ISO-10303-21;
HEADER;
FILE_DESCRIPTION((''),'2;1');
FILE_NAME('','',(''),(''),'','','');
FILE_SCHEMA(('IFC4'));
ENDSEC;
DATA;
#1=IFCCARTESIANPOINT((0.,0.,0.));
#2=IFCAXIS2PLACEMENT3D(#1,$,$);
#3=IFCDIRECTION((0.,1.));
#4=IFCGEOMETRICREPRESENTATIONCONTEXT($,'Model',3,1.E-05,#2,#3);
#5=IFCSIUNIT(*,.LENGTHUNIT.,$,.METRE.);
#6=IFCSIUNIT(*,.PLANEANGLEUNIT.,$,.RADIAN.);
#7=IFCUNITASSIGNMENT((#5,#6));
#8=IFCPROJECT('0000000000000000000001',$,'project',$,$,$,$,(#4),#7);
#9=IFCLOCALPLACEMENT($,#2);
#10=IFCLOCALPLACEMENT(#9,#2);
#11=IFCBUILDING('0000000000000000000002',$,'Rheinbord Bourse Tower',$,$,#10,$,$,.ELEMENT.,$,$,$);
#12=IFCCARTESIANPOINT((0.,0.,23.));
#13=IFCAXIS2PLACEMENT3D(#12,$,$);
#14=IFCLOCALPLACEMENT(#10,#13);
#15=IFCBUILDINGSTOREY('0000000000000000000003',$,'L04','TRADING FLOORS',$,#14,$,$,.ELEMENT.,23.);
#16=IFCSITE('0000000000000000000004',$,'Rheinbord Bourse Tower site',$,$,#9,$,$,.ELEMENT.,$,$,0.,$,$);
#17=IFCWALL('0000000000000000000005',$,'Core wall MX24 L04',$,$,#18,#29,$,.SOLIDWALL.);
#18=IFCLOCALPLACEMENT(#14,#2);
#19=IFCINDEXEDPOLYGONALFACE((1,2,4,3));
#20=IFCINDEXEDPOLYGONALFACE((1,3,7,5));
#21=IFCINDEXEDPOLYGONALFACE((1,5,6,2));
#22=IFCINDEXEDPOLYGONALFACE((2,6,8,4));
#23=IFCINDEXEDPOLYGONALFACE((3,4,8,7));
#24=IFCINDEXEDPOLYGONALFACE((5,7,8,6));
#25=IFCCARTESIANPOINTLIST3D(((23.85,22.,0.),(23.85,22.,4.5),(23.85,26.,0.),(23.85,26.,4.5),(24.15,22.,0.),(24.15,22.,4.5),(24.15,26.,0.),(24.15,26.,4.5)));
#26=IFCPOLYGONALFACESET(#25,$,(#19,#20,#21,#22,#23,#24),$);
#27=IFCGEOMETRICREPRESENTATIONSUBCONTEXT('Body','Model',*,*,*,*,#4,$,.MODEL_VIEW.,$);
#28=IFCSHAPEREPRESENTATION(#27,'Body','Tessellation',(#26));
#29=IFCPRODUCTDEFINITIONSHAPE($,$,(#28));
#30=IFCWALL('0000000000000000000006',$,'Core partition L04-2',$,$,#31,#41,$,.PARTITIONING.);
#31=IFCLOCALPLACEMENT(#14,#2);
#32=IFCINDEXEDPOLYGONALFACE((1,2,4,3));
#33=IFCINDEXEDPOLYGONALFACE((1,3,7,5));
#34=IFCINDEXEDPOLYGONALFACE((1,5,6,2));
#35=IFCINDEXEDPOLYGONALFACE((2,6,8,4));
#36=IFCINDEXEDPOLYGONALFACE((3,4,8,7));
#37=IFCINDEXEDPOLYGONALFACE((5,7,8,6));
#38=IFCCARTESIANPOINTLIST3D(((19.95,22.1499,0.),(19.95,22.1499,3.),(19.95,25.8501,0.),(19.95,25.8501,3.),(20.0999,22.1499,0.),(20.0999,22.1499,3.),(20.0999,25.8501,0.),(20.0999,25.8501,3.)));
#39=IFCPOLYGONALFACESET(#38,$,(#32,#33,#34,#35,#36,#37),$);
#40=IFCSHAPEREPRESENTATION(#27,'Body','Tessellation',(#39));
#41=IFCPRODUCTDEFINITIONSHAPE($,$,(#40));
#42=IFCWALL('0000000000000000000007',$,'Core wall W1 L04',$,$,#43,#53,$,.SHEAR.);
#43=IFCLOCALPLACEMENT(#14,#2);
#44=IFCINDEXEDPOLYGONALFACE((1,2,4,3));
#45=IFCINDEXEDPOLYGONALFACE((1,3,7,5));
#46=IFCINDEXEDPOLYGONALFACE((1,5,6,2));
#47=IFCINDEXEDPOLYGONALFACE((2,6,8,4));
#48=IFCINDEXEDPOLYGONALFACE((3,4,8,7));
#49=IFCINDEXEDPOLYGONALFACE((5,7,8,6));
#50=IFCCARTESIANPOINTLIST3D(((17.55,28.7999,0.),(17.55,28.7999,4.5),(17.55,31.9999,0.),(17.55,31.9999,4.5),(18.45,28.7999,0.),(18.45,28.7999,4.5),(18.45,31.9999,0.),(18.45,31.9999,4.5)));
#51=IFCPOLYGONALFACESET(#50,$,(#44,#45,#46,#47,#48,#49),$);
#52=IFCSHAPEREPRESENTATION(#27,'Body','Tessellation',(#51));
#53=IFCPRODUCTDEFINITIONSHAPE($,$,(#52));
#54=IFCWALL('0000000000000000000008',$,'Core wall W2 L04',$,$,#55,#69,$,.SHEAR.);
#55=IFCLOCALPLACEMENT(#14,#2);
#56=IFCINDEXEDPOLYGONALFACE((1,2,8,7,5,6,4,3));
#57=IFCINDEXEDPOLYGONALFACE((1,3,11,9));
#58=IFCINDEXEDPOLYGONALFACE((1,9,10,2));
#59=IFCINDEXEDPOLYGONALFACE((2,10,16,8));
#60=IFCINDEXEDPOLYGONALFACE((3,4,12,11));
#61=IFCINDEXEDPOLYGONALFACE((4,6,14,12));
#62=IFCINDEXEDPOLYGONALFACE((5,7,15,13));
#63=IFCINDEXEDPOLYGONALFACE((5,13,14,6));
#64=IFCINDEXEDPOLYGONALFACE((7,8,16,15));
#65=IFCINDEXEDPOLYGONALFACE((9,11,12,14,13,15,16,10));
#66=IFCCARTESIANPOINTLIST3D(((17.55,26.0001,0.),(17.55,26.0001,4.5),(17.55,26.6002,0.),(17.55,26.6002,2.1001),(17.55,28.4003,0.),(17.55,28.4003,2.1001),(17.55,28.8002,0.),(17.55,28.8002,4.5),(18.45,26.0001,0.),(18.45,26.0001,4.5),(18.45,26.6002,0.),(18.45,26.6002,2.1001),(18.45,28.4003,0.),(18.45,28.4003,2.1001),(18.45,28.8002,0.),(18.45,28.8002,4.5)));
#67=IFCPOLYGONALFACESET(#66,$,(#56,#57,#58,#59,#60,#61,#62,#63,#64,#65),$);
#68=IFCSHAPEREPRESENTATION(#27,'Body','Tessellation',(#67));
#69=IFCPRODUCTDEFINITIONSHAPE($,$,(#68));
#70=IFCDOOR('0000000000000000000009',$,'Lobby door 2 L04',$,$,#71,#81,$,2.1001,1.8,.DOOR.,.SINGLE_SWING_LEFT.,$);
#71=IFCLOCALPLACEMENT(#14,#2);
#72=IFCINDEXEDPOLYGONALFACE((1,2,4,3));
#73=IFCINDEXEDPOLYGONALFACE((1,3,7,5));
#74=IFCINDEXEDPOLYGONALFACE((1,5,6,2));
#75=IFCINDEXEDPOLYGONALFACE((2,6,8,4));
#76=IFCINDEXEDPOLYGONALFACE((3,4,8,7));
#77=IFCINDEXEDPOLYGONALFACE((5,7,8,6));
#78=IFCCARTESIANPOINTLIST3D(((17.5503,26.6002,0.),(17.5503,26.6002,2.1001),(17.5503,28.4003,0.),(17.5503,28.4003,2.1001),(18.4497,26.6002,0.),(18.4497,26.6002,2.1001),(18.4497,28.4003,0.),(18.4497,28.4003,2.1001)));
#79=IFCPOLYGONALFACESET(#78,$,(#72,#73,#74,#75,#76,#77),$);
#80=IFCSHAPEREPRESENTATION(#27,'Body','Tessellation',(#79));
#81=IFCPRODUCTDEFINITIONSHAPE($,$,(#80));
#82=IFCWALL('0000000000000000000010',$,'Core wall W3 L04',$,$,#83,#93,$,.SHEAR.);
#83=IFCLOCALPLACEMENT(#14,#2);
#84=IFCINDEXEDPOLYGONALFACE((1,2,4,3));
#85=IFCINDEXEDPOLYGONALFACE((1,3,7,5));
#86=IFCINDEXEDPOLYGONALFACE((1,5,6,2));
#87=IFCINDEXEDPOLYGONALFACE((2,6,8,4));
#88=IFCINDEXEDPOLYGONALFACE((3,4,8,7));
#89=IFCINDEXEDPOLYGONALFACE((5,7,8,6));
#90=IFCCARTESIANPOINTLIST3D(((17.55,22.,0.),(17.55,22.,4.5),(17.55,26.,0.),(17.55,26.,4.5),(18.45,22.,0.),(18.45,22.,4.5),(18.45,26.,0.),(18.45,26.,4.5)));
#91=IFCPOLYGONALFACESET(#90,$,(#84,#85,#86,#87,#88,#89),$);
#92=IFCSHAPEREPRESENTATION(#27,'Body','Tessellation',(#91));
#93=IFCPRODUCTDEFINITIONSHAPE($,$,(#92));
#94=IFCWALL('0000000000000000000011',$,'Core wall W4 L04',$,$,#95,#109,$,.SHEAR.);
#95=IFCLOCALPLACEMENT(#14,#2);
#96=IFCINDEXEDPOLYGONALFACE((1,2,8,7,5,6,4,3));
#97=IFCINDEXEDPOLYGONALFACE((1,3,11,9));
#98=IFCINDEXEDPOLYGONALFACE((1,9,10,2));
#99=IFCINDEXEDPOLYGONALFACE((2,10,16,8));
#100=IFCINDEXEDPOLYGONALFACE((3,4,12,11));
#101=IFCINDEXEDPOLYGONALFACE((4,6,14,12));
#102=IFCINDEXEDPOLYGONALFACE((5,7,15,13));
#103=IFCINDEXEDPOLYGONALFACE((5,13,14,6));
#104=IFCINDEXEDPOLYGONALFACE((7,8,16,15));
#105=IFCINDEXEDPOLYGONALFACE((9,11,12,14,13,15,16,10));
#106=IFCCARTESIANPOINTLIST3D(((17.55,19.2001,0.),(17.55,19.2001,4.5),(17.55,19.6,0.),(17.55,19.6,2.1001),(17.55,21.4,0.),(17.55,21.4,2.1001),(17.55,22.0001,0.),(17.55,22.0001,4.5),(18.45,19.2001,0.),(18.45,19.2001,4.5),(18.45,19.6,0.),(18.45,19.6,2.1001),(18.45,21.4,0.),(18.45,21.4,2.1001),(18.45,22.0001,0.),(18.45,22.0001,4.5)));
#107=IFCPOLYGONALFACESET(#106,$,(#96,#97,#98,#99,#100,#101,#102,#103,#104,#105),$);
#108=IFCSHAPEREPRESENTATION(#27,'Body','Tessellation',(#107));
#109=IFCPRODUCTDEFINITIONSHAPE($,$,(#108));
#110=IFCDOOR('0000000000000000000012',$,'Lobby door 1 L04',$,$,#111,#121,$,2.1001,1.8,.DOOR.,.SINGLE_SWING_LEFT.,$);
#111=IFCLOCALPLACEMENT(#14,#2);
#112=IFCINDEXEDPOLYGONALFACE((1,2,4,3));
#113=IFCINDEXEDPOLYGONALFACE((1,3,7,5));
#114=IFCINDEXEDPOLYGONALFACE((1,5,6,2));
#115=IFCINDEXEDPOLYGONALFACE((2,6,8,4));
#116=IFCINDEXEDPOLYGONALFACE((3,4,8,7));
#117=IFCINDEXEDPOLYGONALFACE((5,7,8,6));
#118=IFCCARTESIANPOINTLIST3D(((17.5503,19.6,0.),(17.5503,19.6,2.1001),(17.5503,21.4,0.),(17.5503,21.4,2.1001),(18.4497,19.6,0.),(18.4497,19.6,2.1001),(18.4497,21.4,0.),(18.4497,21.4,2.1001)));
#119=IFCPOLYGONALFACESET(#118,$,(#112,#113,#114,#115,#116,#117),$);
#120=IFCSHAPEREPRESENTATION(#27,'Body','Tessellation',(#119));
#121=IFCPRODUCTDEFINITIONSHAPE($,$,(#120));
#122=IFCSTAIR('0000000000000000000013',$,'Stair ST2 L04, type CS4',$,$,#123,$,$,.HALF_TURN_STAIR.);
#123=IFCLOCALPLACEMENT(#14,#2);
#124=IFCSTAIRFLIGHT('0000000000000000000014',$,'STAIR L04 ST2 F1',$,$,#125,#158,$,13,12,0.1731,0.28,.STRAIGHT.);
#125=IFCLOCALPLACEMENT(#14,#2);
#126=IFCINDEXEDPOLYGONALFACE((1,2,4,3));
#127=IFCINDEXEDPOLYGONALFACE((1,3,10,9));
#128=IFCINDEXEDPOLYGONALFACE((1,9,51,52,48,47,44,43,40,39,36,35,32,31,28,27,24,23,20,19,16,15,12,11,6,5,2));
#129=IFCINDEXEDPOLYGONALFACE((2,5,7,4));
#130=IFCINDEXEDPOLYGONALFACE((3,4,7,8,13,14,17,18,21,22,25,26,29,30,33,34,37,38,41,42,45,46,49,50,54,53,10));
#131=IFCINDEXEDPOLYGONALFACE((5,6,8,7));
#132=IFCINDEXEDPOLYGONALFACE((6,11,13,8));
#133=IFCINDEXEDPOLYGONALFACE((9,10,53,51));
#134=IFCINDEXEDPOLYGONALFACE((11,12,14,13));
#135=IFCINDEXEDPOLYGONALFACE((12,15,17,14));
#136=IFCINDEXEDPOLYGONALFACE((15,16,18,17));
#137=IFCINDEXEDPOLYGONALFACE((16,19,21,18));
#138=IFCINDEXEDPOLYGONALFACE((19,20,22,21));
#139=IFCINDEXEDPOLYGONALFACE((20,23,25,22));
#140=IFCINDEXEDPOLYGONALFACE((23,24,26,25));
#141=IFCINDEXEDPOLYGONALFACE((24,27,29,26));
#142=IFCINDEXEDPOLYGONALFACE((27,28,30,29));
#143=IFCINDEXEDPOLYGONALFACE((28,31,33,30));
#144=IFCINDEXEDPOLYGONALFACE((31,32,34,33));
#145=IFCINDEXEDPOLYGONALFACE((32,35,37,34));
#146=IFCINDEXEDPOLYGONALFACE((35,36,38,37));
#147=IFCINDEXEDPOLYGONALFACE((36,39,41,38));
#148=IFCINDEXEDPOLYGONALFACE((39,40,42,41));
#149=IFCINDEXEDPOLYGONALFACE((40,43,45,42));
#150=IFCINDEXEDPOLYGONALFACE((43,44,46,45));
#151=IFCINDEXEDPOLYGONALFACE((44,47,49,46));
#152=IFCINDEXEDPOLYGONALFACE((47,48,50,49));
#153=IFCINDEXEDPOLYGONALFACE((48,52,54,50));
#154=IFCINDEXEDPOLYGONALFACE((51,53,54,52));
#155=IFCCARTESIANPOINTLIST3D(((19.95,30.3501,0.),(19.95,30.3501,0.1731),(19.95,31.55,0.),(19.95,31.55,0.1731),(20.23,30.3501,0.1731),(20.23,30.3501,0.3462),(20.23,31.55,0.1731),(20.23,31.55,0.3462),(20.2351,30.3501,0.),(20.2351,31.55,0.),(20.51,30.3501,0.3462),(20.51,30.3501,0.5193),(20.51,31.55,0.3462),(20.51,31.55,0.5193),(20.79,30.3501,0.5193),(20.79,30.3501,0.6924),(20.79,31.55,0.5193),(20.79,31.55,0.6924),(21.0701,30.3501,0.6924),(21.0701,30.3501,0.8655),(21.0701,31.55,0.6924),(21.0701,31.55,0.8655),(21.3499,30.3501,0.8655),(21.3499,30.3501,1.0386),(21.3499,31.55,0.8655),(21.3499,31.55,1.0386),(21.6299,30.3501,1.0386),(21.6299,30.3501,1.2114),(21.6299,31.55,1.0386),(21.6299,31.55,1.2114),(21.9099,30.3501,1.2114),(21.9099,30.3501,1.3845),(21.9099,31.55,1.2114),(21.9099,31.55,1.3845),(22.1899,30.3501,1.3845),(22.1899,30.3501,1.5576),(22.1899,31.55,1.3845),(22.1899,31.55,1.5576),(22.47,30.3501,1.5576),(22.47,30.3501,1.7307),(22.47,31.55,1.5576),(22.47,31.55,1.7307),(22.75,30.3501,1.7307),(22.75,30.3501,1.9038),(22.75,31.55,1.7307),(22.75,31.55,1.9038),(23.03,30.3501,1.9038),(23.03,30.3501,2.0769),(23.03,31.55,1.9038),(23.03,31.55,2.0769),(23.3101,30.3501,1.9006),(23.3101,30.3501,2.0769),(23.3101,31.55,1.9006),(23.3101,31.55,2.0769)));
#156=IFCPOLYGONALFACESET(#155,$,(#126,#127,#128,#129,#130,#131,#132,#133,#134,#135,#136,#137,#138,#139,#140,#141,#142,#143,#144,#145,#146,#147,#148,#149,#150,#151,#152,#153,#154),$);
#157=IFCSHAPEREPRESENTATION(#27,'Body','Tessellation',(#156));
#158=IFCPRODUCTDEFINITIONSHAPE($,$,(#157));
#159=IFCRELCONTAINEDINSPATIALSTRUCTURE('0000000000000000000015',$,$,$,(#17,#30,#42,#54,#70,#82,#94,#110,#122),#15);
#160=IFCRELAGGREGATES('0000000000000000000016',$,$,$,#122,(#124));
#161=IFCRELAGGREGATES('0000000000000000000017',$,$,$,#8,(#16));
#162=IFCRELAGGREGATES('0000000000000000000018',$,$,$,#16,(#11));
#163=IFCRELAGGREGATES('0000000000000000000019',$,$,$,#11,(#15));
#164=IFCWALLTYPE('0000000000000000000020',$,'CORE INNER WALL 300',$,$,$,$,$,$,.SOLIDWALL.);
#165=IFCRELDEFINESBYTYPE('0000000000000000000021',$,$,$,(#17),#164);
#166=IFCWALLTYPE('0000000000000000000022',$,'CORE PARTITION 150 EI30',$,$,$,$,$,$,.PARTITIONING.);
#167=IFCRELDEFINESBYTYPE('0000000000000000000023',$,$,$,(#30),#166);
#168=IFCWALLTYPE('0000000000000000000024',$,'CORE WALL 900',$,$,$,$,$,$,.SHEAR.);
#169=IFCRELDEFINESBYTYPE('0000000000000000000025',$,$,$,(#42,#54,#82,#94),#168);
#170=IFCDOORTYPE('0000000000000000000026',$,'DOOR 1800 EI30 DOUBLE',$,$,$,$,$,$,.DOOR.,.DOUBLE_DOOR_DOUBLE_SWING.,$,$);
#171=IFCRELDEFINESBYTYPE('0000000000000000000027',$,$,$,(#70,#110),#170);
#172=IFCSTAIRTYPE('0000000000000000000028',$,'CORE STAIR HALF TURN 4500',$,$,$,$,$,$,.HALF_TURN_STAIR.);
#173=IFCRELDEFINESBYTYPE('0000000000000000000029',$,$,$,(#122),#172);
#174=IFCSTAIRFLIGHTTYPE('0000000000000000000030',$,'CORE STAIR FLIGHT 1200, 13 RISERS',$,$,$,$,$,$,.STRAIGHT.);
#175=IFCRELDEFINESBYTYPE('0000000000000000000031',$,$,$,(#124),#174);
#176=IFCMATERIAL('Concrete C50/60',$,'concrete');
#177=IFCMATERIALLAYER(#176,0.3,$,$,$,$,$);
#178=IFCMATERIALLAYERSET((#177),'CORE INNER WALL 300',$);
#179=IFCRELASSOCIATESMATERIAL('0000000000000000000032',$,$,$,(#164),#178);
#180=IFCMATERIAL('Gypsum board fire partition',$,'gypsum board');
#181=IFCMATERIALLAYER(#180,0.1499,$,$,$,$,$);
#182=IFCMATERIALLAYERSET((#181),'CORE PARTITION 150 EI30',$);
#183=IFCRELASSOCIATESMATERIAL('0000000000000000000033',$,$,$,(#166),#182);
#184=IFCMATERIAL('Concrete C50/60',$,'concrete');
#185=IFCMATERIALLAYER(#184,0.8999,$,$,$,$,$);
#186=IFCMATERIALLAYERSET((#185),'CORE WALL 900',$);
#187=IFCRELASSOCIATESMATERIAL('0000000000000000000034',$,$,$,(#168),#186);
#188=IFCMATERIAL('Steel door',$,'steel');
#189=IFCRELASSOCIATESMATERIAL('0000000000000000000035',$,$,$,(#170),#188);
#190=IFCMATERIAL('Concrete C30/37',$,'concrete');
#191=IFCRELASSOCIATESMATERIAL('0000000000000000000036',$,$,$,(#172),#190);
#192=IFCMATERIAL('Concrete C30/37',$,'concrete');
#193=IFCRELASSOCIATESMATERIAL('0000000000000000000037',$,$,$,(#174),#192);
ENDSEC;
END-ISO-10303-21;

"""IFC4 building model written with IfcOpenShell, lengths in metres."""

from ifc_helpers import new_model, si_unit, direction, frame, frame_2d, origin, place, context, subcontext, project, spatial, polyline, rectangle, outline, extrude, material, layer, layer_set, type_object, element, fill, aggregate, save


model = new_model("IFC4")

# Units and contexts
model_context = context("Model", 3, precision=1e-05, world=origin(), true_north=direction((0.0, 1.0)))
body_context = subcontext(model_context, "Body", "Model", "MODEL_VIEW")
ifc_project = project(units=[si_unit("LENGTHUNIT", "METRE"), si_unit("PLANEANGLEUNIT", "RADIAN")], contexts=[model_context])

# Site, building, storey
site_placement = place(None, origin())
site = spatial("IfcSite", under=ifc_project, at=site_placement, Name="Rheinbord Bourse Tower site", CompositionType="ELEMENT", RefElevation=0.0)
building_placement = place(site_placement, origin())
building = spatial("IfcBuilding", under=site, at=building_placement, Name="Rheinbord Bourse Tower", CompositionType="ELEMENT")
storey_placement = place(building_placement, frame((0.0, 0.0, 23.0)))
storey = spatial("IfcBuildingStorey", under=building, at=storey_placement, Name="L04", Description="TRADING FLOORS", CompositionType="ELEMENT", Elevation=23.0)

# Shared definitions
ifc_material_1 = material(Name="Concrete C50/60", Category="concrete")
ifc_layer_1 = layer(ifc_material_1, 0.3)
ifc_layer_set_1 = layer_set([ifc_layer_1], Name="CORE INNER WALL 300")
wall_type_1 = type_object("IfcWallType", Name="CORE INNER WALL 300", PredefinedType="SOLIDWALL", material=ifc_layer_set_1)

# Walls
wall_1_placement = place(storey_placement, frame((24.0, 22.0, 0.0), z_axis=(0.0, 0.0, 1.0), x_axis=(0.0, 1.0, 0.0)))
element("IfcWall", 1, at=wall_1_placement, inside=storey, type_object=wall_type_1, Name="Core wall MX24 L04", PredefinedType="SOLIDWALL", context=body_context, shape_type="SweptSolid", body=[
    extrude(rectangle(XDim=4.0, YDim=0.3, at=frame_2d((2.0, 0.0))), origin(), (0.0, 0.0, 1.0), 4.5),
])
ifc_material_2 = material(Name="Gypsum board fire partition", Category="gypsum board")
ifc_layer_2 = layer(ifc_material_2, 0.1499)
ifc_layer_set_2 = layer_set([ifc_layer_2], Name="CORE PARTITION 150 EI30")
wall_type_2 = type_object("IfcWallType", Name="CORE PARTITION 150 EI30", PredefinedType="PARTITIONING", material=ifc_layer_set_2)
wall_2_placement = place(storey_placement, frame((20.0249, 22.1499, 0.0), z_axis=(0.0, 0.0, 1.0), x_axis=(0.0, 1.0, 0.0)))
element("IfcWall", 2, at=wall_2_placement, inside=storey, type_object=wall_type_2, Name="Core partition L04-2", PredefinedType="PARTITIONING", context=body_context, shape_type="SweptSolid", body=[
    extrude(rectangle(XDim=3.7002, YDim=0.1499, at=frame_2d((1.8501, 0.0))), origin(), (0.0, 0.0, 1.0), 3.0),
])
ifc_material_3 = material(Name="Concrete C50/60", Category="concrete")
ifc_layer_3 = layer(ifc_material_3, 0.8999)
ifc_layer_set_3 = layer_set([ifc_layer_3], Name="CORE WALL 900")
wall_type_3 = type_object("IfcWallType", Name="CORE WALL 900", PredefinedType="SHEAR", material=ifc_layer_set_3)
wall_3_placement = place(storey_placement, frame((18.0, 32.0, 0.0), z_axis=(0.0, 0.0, 1.0), x_axis=(0.0, -1.0, 0.0)))
element("IfcWall", 3, at=wall_3_placement, inside=storey, type_object=wall_type_3, Name="Core wall W1 L04", PredefinedType="SHEAR", context=body_context, shape_type="SweptSolid", body=[
    extrude(rectangle(XDim=3.2, YDim=0.8999, at=frame_2d((1.6001, 0.0))), origin(), (0.0, 0.0, 1.0), 4.5),
])

# Wall, opening, door
wall_4_placement = place(storey_placement, frame((18.0, 28.8, 0.0), z_axis=(0.0, 0.0, 1.0), x_axis=(0.0, -1.0, 0.0)))
wall_4 = element("IfcWall", 4, at=wall_4_placement, inside=storey, type_object=wall_type_3, Name="Core wall W2 L04", PredefinedType="SHEAR", context=body_context, shape_type="SweptSolid", body=[
    extrude(rectangle(XDim=2.8, YDim=0.8999, at=frame_2d((1.3999, 0.0))), origin(), (0.0, 0.0, 1.0), 4.5),
])
opening_1_placement = place(wall_4_placement, frame((0.3999, 0.0, 0.0)))
opening_1 = element("IfcOpeningElement", 5, at=opening_1_placement, cuts=wall_4, PredefinedType="OPENING", context=body_context, shape_type="SweptSolid", body=[
    extrude(rectangle(XDim=1.8, YDim=2.1001, at=frame_2d((0.8999, 1.05))), frame((0.0, 0.46, 0.0), z_axis=(0.0, -1.0, 0.0), x_axis=(1.0, 0.0, 0.0)), (0.0, 0.0, 1.0), 0.9199),
])
ifc_material_4 = material(Name="Steel door", Category="steel")
door_type_1 = type_object("IfcDoorType", Name="DOOR 1800 EI30 DOUBLE", OperationType="DOUBLE_DOOR_DOUBLE_SWING", PredefinedType="DOOR", material=ifc_material_4)
door_1_placement = place(opening_1_placement, origin())
door_1 = element("IfcDoor", 6, at=door_1_placement, inside=storey, type_object=door_type_1, Name="Lobby door 2 L04", OperationType="SINGLE_SWING_LEFT", OverallHeight=2.1001, OverallWidth=1.8, PredefinedType="DOOR", context=body_context, shape_type="SweptSolid", body=[
    extrude(rectangle(XDim=1.8, YDim=2.1001, at=frame_2d((0.8999, 1.05))), frame((0.0, 0.4497, 0.0), z_axis=(0.0, -1.0, 0.0), x_axis=(1.0, 0.0, 0.0)), (0.0, 0.0, 1.0), 0.8994),
])
fill(opening_1, door_1)

# Wall
wall_5_placement = place(storey_placement, frame((18.0, 26.0, 0.0), z_axis=(0.0, 0.0, 1.0), x_axis=(0.0, -1.0, 0.0)))
element("IfcWall", 7, at=wall_5_placement, inside=storey, type_object=wall_type_3, Name="Core wall W3 L04", PredefinedType="SHEAR", context=body_context, shape_type="SweptSolid", body=[
    extrude(rectangle(XDim=4.0, YDim=0.8999, at=frame_2d((2.0, 0.0))), origin(), (0.0, 0.0, 1.0), 4.5),
])

# Wall, opening, door
wall_6_placement = place(storey_placement, frame((18.0, 22.0, 0.0), z_axis=(0.0, 0.0, 1.0), x_axis=(0.0, -1.0, 0.0)))
wall_6 = element("IfcWall", 8, at=wall_6_placement, inside=storey, type_object=wall_type_3, Name="Core wall W4 L04", PredefinedType="SHEAR", context=body_context, shape_type="SweptSolid", body=[
    extrude(rectangle(XDim=2.8, YDim=0.8999, at=frame_2d((1.3999, 0.0))), origin(), (0.0, 0.0, 1.0), 4.5),
])
opening_2_placement = place(wall_6_placement, frame((0.6001, 0.0, 0.0)))
opening_2 = element("IfcOpeningElement", 9, at=opening_2_placement, cuts=wall_6, PredefinedType="OPENING", context=body_context, shape_type="SweptSolid", body=[
    extrude(rectangle(XDim=1.8, YDim=2.1001, at=frame_2d((0.8999, 1.05))), frame((0.0, 0.46, 0.0), z_axis=(0.0, -1.0, 0.0), x_axis=(1.0, 0.0, 0.0)), (0.0, 0.0, 1.0), 0.9199),
])
door_2_placement = place(opening_2_placement, origin())
door_2 = element("IfcDoor", 10, at=door_2_placement, inside=storey, type_object=door_type_1, Name="Lobby door 1 L04", OperationType="SINGLE_SWING_LEFT", OverallHeight=2.1001, OverallWidth=1.8, PredefinedType="DOOR", context=body_context, shape_type="SweptSolid", body=[
    extrude(rectangle(XDim=1.8, YDim=2.1001, at=frame_2d((0.8999, 1.05))), frame((0.0, 0.4497, 0.0), z_axis=(0.0, -1.0, 0.0), x_axis=(1.0, 0.0, 0.0)), (0.0, 0.0, 1.0), 0.8994),
])
fill(opening_2, door_2)

# Stair, stair flight
ifc_material_5 = material(Name="Concrete C30/37", Category="concrete")
stair_type = type_object("IfcStairType", Name="CORE STAIR HALF TURN 4500", PredefinedType="HALF_TURN_STAIR", material=ifc_material_5)
stair_placement = place(storey_placement, origin())
stair = element("IfcStair", 11, at=stair_placement, inside=storey, type_object=stair_type, Name="Stair ST2 L04, type CS4", PredefinedType="HALF_TURN_STAIR")
ifc_material_6 = material(Name="Concrete C30/37", Category="concrete")
stair_flight_type = type_object("IfcStairFlightType", Name="CORE STAIR FLIGHT 1200, 13 RISERS", PredefinedType="STRAIGHT", material=ifc_material_6)
stair_flight_1_placement = place(storey_placement, frame((19.95, 30.95, 0.0), z_axis=(0.0, 0.0, 1.0), x_axis=(1.0, 0.0, 0.0)))
stair_flight_1 = element("IfcStairFlight", 12, at=stair_flight_1_placement, type_object=stair_flight_type, Name="STAIR L04 ST2 F1", NumberOfRisers=13, NumberOfTreads=12, PredefinedType="STRAIGHT", RiserHeight=0.1731, TreadLength=0.28, context=body_context, shape_type="SweptSolid", body=[
    extrude(outline(polyline([(0.0, 0.0), (0.0, 0.1731), (0.28, 0.1731), (0.28, 0.3462), (0.5601, 0.3462), (0.5601, 0.5193), (0.8401, 0.5193), (0.8401, 0.6924), (1.1201, 0.6924), (1.1201, 0.8655), (1.3999, 0.8655), (1.3999, 1.0386), (1.6799, 1.0386), (1.6799, 1.2114), (1.96, 1.2114), (1.96, 1.3845), (2.24, 1.3845), (2.24, 1.5576), (2.52, 1.5576), (2.52, 1.7307), (2.8, 1.7307), (2.8, 1.9038), (3.0801, 1.9038), (3.0801, 2.0769), (3.3601, 2.0769), (3.3601, 2.25), (3.3601, 1.9006), (0.2852, 0.0), (0.0, 0.0)])), frame((0.0, 0.6001, 0.0), z_axis=(0.0, -1.0, 0.0), x_axis=(1.0, 0.0, 0.0)), (0.0, 0.0, 1.0), 1.2),
])
aggregate(stair, [stair_flight_1])

save(model, "model.ifc")
